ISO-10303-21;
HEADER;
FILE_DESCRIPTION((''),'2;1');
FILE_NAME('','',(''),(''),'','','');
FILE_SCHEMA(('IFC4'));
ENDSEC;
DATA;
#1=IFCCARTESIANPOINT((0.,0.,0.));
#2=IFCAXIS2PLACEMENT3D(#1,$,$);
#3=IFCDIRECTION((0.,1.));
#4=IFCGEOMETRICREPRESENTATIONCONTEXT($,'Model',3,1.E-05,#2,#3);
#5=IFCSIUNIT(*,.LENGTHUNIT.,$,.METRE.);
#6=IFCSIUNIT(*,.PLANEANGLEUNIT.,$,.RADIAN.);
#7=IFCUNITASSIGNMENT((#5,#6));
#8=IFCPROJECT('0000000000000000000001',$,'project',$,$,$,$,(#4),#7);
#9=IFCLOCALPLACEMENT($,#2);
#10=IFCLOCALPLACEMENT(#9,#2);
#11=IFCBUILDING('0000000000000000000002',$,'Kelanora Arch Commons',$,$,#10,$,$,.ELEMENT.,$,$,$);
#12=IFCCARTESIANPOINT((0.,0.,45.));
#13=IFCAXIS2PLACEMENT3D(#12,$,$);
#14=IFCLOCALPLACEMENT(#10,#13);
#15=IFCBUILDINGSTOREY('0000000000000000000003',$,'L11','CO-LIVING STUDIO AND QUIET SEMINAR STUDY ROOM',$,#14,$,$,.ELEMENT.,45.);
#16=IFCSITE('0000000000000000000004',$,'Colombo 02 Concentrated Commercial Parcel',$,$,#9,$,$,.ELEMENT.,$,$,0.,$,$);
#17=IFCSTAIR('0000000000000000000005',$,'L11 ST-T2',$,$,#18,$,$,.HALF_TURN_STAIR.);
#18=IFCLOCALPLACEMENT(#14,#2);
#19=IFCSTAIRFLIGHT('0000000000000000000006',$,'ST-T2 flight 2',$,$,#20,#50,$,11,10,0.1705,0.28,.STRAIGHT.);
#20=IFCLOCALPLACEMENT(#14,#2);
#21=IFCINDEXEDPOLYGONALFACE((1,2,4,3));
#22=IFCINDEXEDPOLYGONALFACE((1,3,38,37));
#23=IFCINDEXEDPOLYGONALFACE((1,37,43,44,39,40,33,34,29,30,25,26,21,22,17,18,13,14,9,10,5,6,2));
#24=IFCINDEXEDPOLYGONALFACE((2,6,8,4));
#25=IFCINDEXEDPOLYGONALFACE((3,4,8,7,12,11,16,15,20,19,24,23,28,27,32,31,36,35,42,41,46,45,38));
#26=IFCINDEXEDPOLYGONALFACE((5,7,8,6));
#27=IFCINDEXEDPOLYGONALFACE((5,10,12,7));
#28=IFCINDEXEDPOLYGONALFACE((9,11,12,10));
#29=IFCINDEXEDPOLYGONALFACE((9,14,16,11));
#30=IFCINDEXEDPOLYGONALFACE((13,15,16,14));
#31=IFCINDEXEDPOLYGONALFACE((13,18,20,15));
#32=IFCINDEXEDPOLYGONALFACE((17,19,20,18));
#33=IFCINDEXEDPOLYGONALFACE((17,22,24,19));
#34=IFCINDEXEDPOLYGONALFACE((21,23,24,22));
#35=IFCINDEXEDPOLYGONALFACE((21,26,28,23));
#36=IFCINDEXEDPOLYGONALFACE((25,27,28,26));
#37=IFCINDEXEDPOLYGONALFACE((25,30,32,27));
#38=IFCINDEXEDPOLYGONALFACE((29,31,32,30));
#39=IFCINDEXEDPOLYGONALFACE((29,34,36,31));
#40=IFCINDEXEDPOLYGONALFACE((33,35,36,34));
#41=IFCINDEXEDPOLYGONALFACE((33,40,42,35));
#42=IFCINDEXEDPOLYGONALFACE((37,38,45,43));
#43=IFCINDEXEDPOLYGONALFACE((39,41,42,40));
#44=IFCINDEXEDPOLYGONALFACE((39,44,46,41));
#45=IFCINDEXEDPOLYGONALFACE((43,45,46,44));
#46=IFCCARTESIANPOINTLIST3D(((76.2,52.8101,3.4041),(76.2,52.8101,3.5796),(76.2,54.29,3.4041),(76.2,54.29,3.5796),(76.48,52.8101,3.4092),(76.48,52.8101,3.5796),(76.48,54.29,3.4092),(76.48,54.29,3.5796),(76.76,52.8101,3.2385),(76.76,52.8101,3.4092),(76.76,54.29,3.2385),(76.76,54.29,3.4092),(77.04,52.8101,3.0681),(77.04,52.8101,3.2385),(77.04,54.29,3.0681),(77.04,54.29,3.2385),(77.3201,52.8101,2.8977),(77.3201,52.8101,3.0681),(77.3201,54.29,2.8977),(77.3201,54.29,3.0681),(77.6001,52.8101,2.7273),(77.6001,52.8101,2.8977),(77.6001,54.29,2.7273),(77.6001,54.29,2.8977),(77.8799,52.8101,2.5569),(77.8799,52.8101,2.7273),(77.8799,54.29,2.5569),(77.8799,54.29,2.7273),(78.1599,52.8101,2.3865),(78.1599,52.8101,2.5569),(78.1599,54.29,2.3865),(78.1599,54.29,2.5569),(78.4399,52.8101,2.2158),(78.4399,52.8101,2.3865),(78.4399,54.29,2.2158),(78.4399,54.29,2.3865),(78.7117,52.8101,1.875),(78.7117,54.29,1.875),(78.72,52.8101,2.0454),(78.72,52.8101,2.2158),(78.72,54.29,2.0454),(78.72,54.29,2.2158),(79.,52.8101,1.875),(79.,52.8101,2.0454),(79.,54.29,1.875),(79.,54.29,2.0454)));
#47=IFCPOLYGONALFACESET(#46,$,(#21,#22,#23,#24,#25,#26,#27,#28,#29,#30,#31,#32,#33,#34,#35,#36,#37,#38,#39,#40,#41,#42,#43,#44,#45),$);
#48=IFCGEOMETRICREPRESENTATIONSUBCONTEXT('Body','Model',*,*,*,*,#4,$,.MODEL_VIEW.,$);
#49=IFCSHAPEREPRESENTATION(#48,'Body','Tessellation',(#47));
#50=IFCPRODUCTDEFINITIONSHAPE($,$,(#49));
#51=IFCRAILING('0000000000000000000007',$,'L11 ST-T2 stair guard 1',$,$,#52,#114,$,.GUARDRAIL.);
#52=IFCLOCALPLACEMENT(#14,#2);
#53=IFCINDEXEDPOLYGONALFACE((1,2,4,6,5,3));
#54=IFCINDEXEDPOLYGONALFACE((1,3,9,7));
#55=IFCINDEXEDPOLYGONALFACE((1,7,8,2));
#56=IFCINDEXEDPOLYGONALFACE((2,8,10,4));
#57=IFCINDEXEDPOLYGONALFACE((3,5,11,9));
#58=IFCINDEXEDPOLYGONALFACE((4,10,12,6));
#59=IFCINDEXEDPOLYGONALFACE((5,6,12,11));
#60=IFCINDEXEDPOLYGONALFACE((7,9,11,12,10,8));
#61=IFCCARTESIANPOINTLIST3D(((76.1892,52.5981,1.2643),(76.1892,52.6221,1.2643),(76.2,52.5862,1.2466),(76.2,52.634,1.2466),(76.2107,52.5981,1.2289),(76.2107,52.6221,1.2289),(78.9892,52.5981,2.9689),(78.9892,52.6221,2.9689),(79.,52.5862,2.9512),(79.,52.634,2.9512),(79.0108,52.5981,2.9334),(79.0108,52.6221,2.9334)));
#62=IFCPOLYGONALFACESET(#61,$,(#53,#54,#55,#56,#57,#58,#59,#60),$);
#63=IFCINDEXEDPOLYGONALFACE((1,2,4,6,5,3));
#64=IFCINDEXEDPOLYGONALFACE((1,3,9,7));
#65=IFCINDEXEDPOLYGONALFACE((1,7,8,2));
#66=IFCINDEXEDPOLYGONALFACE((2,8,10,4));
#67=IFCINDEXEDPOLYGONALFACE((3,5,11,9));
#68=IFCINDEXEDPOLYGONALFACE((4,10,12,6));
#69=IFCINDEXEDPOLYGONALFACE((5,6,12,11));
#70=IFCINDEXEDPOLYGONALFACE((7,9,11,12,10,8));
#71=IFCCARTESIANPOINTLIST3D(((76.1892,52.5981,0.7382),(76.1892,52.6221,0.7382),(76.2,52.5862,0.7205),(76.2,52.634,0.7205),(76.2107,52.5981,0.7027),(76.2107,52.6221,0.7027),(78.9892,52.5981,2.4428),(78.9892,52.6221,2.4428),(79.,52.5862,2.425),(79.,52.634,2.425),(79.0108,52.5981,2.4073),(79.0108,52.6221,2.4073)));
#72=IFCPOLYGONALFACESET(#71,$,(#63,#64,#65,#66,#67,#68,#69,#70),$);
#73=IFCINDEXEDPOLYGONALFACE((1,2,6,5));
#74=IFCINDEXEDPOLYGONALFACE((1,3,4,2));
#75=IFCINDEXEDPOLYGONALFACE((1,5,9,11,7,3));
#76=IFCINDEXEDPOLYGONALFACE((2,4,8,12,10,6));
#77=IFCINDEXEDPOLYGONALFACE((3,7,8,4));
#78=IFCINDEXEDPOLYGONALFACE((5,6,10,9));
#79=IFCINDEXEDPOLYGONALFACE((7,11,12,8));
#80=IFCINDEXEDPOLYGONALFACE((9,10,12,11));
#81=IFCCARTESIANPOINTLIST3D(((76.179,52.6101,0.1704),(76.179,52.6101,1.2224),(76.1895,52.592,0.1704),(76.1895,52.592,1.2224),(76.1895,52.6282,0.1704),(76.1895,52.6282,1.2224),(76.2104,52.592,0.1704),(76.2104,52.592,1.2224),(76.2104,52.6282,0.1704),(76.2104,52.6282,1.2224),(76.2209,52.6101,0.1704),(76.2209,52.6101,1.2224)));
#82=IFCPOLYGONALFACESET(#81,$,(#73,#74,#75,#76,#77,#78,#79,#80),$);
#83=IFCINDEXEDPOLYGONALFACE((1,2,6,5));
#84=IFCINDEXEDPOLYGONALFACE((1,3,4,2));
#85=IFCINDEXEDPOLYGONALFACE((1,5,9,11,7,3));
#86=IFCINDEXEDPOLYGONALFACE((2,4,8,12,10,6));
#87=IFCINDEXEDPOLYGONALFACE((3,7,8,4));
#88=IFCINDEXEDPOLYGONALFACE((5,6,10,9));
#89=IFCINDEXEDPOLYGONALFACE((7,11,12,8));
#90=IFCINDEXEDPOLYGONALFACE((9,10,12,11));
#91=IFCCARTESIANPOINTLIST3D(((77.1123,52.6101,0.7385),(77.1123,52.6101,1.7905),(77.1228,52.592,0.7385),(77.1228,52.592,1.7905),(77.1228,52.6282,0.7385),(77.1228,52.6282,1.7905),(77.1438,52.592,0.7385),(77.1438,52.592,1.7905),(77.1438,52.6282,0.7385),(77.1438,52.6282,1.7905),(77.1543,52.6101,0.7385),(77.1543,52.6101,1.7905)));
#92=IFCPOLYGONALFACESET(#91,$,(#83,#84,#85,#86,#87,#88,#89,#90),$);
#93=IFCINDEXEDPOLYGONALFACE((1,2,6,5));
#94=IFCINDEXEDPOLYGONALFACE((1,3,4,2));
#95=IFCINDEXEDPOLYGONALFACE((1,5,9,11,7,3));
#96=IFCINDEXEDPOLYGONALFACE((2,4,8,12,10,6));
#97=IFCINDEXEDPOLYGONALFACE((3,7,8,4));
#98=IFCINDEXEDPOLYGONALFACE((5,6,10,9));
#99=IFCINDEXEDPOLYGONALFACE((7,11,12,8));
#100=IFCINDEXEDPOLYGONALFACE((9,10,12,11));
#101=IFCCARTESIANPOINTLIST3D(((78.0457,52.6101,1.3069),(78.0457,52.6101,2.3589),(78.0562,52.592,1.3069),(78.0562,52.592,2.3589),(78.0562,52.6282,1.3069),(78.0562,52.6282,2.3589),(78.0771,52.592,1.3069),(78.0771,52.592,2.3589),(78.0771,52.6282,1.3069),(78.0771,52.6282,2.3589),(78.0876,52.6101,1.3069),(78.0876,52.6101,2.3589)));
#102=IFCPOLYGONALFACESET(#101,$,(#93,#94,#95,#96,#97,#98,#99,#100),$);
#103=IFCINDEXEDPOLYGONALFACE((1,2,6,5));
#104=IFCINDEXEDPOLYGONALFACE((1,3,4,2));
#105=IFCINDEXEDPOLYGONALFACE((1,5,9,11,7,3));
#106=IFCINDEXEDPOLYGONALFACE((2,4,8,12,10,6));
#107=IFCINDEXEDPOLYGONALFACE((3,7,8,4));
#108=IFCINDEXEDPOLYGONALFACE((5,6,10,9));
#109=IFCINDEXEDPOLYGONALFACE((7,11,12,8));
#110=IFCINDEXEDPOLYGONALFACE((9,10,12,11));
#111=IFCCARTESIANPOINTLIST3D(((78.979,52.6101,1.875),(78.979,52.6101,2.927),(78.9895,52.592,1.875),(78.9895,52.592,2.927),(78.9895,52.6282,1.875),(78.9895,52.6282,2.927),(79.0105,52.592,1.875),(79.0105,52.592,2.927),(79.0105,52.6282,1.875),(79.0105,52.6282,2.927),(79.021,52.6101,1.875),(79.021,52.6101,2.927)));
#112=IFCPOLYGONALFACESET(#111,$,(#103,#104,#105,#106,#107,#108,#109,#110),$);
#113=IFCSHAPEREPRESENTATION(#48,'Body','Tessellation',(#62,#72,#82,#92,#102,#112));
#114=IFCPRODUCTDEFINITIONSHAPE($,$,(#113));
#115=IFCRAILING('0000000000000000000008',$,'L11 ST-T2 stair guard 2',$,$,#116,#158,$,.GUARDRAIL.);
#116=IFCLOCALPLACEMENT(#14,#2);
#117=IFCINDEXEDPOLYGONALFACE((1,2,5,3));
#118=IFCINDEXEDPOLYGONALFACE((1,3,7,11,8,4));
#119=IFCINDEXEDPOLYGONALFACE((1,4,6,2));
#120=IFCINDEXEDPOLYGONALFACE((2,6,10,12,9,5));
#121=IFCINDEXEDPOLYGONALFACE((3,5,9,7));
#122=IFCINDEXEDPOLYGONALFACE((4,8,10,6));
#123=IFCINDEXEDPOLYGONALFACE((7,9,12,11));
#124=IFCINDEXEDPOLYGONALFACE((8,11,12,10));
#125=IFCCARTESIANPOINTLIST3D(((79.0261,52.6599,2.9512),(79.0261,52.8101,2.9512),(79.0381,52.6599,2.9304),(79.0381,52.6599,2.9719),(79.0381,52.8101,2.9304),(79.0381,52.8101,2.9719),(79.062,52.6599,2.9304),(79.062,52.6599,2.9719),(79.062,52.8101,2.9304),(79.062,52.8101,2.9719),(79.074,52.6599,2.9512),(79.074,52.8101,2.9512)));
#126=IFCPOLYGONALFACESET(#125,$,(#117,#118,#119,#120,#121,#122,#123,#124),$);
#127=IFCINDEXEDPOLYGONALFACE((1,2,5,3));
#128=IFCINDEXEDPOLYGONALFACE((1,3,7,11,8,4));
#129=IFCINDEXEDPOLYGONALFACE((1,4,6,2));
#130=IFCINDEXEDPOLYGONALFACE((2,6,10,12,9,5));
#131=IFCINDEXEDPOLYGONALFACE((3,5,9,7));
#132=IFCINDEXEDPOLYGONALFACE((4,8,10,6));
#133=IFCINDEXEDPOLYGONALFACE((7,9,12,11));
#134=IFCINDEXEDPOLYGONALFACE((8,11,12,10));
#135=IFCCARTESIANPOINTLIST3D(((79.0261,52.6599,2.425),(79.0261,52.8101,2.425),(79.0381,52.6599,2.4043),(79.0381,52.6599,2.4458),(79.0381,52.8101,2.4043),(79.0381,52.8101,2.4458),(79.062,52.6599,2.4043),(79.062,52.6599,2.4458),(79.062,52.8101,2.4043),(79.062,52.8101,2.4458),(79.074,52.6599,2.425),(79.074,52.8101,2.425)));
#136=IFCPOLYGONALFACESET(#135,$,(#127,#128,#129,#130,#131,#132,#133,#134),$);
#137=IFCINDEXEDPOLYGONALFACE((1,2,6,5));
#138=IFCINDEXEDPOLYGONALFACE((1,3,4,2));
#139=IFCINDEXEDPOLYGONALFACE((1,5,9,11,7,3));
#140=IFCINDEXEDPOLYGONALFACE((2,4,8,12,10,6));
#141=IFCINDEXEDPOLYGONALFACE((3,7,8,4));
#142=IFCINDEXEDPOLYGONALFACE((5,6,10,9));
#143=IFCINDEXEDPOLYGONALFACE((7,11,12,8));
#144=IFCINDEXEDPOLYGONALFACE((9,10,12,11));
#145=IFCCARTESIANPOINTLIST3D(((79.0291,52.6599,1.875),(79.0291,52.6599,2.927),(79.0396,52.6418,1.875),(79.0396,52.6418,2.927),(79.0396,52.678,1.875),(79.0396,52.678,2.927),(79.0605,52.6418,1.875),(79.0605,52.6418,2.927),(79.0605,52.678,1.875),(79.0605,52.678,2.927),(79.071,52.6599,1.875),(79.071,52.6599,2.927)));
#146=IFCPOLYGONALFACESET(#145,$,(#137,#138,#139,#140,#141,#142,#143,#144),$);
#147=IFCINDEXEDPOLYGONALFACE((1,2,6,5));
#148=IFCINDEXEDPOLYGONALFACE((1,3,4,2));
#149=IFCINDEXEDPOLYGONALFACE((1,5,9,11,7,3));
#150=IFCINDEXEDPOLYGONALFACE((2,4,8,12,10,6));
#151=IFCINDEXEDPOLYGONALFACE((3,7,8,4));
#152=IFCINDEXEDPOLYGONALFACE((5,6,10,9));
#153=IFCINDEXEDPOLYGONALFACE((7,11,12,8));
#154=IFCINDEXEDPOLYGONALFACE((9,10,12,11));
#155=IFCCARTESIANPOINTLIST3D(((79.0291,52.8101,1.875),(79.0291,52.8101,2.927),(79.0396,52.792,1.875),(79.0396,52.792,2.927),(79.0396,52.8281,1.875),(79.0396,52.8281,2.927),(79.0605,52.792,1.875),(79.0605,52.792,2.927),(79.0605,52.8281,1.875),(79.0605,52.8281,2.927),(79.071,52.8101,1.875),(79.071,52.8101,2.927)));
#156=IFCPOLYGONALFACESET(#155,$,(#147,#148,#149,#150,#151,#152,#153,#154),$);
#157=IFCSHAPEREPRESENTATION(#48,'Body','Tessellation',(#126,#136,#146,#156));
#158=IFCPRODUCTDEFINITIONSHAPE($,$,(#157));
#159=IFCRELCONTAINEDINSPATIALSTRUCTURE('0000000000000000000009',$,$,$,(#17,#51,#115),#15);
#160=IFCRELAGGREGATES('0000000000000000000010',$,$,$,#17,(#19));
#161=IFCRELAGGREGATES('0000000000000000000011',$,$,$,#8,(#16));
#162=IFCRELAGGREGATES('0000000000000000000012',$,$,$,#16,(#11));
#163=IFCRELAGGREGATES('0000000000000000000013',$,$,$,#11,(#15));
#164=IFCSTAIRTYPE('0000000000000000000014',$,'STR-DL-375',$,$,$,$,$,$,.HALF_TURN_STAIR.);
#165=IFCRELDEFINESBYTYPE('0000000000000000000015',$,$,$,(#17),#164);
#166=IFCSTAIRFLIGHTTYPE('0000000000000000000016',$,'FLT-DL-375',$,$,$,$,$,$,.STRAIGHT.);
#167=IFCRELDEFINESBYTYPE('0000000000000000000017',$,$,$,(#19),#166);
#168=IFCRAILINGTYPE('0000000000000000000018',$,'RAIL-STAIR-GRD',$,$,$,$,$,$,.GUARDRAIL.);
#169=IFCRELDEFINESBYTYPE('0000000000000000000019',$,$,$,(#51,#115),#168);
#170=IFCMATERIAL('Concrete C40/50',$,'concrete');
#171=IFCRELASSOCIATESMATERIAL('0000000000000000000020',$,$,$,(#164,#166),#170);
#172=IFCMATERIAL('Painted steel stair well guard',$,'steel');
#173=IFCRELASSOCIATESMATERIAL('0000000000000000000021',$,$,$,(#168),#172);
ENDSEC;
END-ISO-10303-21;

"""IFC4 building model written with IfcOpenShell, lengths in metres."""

from ifc_helpers import new_model, si_unit, direction, frame, origin, place, context, subcontext, project, spatial, polyline, outline, extrude, material, type_object, element, aggregate, save


model = new_model("IFC4")

# Units and contexts
model_context = context("Model", 3, precision=1e-05, world=origin(), true_north=direction((0.0, 1.0)))
body_context = subcontext(model_context, "Body", "Model", "MODEL_VIEW")
ifc_project = project(units=[si_unit("LENGTHUNIT", "METRE"), si_unit("PLANEANGLEUNIT", "RADIAN")], contexts=[model_context])

# Site, building, storey
site_placement = place(None, origin())
site = spatial("IfcSite", under=ifc_project, at=site_placement, Name="Colombo 02 Concentrated Commercial Parcel", CompositionType="ELEMENT", RefElevation=0.0)
building_placement = place(site_placement, origin())
building = spatial("IfcBuilding", under=site, at=building_placement, Name="Kelanora Arch Commons", CompositionType="ELEMENT")
storey_placement = place(building_placement, frame((0.0, 0.0, 45.0)))
storey = spatial("IfcBuildingStorey", under=building, at=storey_placement, Name="L11", Description="CO-LIVING STUDIO AND QUIET SEMINAR STUDY ROOM", CompositionType="ELEMENT", Elevation=45.0)

# Shared definitions
ifc_material_1 = material(Name="Concrete C40/50", Category="concrete")

# Stair, stair flight
stair_type = type_object("IfcStairType", Name="STR-DL-375", PredefinedType="HALF_TURN_STAIR", material=ifc_material_1)
stair_placement = place(storey_placement, origin())
stair = element("IfcStair", 1, at=stair_placement, inside=storey, type_object=stair_type, Name="L11 ST-T2", PredefinedType="HALF_TURN_STAIR")
stair_flight_type = type_object("IfcStairFlightType", Name="FLT-DL-375", PredefinedType="STRAIGHT", material=ifc_material_1)
stair_flight_1_placement = place(storey_placement, frame((79.0, 53.55, 1.875), z_axis=(0.0, 0.0, 1.0), x_axis=(-1.0, 0.0, 0.0)))
stair_flight_1 = element("IfcStairFlight", 2, at=stair_flight_1_placement, type_object=stair_flight_type, Name="ST-T2 flight 2", NumberOfRisers=11, NumberOfTreads=10, PredefinedType="STRAIGHT", RiserHeight=0.1705, TreadLength=0.28, context=body_context, shape_type="SweptSolid", body=[
    extrude(outline(polyline([(0.0, 0.0), (0.0, 0.1704), (0.28, 0.1704), (0.28, 0.3408), (0.5601, 0.3408), (0.5601, 0.5115), (0.8401, 0.5115), (0.8401, 0.6819), (1.1201, 0.6819), (1.1201, 0.8523), (1.3999, 0.8523), (1.3999, 1.0227), (1.6799, 1.0227), (1.6799, 1.1931), (1.96, 1.1931), (1.96, 1.3635), (2.24, 1.3635), (2.24, 1.5342), (2.52, 1.5342), (2.52, 1.7046), (2.8, 1.7046), (2.8, 1.875), (2.8, 1.5291), (0.2883, 0.0), (0.0, 0.0)])), frame((0.0, 0.74, 0.0), z_axis=(0.0, -1.0, 0.0), x_axis=(1.0, 0.0, 0.0)), (0.0, 0.0, 1.0), 1.48),
])
aggregate(stair, [stair_flight_1])

# Railings
ifc_material_2 = material(Name="Painted steel stair well guard", Category="steel")
railing_type_1 = type_object("IfcRailingType", Name="RAIL-STAIR-GRD", PredefinedType="GUARDRAIL", material=ifc_material_2)
railing_1_placement = place(storey_placement, frame((76.2, 52.6101, 0.1704)))
element("IfcRailing", 3, at=railing_1_placement, inside=storey, type_object=railing_type_1, Name="L11 ST-T2 stair guard 1", PredefinedType="GUARDRAIL", context=body_context, shape_type="SweptSolid", body=[
    extrude(outline(polyline([(0.0239, 0.0), (0.012, 0.0208), (-0.012, 0.0208), (-0.0239, 0.0), (-0.012, -0.0208), (0.012, -0.0208), (0.0239, 0.0)])), frame((0.0, 0.0, 1.0762), z_axis=(0.85417, 0.0, 0.519994), x_axis=(0.0, 1.0, 0.0)), (0.0, 0.0, 1.0), 3.2781),
    extrude(outline(polyline([(0.0239, 0.0), (0.012, 0.0208), (-0.012, 0.0208), (-0.0239, 0.0), (-0.012, -0.0208), (0.012, -0.0208), (0.0239, 0.0)])), frame((0.0, 0.0, 0.55), z_axis=(0.85417, 0.0, 0.519994), x_axis=(0.0, 1.0, 0.0)), (0.0, 0.0, 1.0), 3.2781),
    extrude(outline(polyline([(0.021, 0.0), (0.0105, 0.0181), (-0.0105, 0.0181), (-0.021, 0.0), (-0.0105, -0.0181), (0.0105, -0.0181), (0.021, 0.0)])), origin(), (0.0, 0.0, 1.0), 1.052),
    extrude(outline(polyline([(0.021, 0.0), (0.0105, 0.0181), (-0.0105, 0.0181), (-0.021, 0.0), (-0.0105, -0.0181), (0.0105, -0.0181), (0.021, 0.0)])), frame((0.9333, 0.0, 0.5681)), (0.0, 0.0, 1.0), 1.052),
    extrude(outline(polyline([(0.021, 0.0), (0.0105, 0.0181), (-0.0105, 0.0181), (-0.021, 0.0), (-0.0105, -0.0181), (0.0105, -0.0181), (0.021, 0.0)])), frame((1.8667, 0.0, 1.1365)), (0.0, 0.0, 1.0), 1.052),
    extrude(outline(polyline([(0.021, 0.0), (0.0105, 0.0181), (-0.0105, 0.0181), (-0.021, 0.0), (-0.0105, -0.0181), (0.0105, -0.0181), (0.021, 0.0)])), frame((2.8, 0.0, 1.7046)), (0.0, 0.0, 1.0), 1.052),
])
railing_2_placement = place(storey_placement, frame((79.05, 52.6599, 1.875)))
element("IfcRailing", 4, at=railing_2_placement, inside=storey, type_object=railing_type_1, Name="L11 ST-T2 stair guard 2", PredefinedType="GUARDRAIL", context=body_context, shape_type="SweptSolid", body=[
    extrude(outline(polyline([(0.0239, 0.0), (0.012, 0.0208), (-0.012, 0.0208), (-0.0239, 0.0), (-0.012, -0.0208), (0.012, -0.0208), (0.0239, 0.0)])), frame((0.0, 0.0, 1.0762), z_axis=(0.0, 1.0, 0.0), x_axis=(-1.0, 0.0, 0.0)), (0.0, 0.0, 1.0), 0.1501),
    extrude(outline(polyline([(0.0239, 0.0), (0.012, 0.0208), (-0.012, 0.0208), (-0.0239, 0.0), (-0.012, -0.0208), (0.012, -0.0208), (0.0239, 0.0)])), frame((0.0, 0.0, 0.55), z_axis=(0.0, 1.0, 0.0), x_axis=(-1.0, 0.0, 0.0)), (0.0, 0.0, 1.0), 0.1501),
    extrude(outline(polyline([(0.021, 0.0), (0.0105, 0.0181), (-0.0105, 0.0181), (-0.021, 0.0), (-0.0105, -0.0181), (0.0105, -0.0181), (0.021, 0.0)])), origin(), (0.0, 0.0, 1.0), 1.052),
    extrude(outline(polyline([(0.021, 0.0), (0.0105, 0.0181), (-0.0105, 0.0181), (-0.021, 0.0), (-0.0105, -0.0181), (0.0105, -0.0181), (0.021, 0.0)])), frame((0.0, 0.1501, 0.0)), (0.0, 0.0, 1.0), 1.052),
])

save(model, "model.ifc")
